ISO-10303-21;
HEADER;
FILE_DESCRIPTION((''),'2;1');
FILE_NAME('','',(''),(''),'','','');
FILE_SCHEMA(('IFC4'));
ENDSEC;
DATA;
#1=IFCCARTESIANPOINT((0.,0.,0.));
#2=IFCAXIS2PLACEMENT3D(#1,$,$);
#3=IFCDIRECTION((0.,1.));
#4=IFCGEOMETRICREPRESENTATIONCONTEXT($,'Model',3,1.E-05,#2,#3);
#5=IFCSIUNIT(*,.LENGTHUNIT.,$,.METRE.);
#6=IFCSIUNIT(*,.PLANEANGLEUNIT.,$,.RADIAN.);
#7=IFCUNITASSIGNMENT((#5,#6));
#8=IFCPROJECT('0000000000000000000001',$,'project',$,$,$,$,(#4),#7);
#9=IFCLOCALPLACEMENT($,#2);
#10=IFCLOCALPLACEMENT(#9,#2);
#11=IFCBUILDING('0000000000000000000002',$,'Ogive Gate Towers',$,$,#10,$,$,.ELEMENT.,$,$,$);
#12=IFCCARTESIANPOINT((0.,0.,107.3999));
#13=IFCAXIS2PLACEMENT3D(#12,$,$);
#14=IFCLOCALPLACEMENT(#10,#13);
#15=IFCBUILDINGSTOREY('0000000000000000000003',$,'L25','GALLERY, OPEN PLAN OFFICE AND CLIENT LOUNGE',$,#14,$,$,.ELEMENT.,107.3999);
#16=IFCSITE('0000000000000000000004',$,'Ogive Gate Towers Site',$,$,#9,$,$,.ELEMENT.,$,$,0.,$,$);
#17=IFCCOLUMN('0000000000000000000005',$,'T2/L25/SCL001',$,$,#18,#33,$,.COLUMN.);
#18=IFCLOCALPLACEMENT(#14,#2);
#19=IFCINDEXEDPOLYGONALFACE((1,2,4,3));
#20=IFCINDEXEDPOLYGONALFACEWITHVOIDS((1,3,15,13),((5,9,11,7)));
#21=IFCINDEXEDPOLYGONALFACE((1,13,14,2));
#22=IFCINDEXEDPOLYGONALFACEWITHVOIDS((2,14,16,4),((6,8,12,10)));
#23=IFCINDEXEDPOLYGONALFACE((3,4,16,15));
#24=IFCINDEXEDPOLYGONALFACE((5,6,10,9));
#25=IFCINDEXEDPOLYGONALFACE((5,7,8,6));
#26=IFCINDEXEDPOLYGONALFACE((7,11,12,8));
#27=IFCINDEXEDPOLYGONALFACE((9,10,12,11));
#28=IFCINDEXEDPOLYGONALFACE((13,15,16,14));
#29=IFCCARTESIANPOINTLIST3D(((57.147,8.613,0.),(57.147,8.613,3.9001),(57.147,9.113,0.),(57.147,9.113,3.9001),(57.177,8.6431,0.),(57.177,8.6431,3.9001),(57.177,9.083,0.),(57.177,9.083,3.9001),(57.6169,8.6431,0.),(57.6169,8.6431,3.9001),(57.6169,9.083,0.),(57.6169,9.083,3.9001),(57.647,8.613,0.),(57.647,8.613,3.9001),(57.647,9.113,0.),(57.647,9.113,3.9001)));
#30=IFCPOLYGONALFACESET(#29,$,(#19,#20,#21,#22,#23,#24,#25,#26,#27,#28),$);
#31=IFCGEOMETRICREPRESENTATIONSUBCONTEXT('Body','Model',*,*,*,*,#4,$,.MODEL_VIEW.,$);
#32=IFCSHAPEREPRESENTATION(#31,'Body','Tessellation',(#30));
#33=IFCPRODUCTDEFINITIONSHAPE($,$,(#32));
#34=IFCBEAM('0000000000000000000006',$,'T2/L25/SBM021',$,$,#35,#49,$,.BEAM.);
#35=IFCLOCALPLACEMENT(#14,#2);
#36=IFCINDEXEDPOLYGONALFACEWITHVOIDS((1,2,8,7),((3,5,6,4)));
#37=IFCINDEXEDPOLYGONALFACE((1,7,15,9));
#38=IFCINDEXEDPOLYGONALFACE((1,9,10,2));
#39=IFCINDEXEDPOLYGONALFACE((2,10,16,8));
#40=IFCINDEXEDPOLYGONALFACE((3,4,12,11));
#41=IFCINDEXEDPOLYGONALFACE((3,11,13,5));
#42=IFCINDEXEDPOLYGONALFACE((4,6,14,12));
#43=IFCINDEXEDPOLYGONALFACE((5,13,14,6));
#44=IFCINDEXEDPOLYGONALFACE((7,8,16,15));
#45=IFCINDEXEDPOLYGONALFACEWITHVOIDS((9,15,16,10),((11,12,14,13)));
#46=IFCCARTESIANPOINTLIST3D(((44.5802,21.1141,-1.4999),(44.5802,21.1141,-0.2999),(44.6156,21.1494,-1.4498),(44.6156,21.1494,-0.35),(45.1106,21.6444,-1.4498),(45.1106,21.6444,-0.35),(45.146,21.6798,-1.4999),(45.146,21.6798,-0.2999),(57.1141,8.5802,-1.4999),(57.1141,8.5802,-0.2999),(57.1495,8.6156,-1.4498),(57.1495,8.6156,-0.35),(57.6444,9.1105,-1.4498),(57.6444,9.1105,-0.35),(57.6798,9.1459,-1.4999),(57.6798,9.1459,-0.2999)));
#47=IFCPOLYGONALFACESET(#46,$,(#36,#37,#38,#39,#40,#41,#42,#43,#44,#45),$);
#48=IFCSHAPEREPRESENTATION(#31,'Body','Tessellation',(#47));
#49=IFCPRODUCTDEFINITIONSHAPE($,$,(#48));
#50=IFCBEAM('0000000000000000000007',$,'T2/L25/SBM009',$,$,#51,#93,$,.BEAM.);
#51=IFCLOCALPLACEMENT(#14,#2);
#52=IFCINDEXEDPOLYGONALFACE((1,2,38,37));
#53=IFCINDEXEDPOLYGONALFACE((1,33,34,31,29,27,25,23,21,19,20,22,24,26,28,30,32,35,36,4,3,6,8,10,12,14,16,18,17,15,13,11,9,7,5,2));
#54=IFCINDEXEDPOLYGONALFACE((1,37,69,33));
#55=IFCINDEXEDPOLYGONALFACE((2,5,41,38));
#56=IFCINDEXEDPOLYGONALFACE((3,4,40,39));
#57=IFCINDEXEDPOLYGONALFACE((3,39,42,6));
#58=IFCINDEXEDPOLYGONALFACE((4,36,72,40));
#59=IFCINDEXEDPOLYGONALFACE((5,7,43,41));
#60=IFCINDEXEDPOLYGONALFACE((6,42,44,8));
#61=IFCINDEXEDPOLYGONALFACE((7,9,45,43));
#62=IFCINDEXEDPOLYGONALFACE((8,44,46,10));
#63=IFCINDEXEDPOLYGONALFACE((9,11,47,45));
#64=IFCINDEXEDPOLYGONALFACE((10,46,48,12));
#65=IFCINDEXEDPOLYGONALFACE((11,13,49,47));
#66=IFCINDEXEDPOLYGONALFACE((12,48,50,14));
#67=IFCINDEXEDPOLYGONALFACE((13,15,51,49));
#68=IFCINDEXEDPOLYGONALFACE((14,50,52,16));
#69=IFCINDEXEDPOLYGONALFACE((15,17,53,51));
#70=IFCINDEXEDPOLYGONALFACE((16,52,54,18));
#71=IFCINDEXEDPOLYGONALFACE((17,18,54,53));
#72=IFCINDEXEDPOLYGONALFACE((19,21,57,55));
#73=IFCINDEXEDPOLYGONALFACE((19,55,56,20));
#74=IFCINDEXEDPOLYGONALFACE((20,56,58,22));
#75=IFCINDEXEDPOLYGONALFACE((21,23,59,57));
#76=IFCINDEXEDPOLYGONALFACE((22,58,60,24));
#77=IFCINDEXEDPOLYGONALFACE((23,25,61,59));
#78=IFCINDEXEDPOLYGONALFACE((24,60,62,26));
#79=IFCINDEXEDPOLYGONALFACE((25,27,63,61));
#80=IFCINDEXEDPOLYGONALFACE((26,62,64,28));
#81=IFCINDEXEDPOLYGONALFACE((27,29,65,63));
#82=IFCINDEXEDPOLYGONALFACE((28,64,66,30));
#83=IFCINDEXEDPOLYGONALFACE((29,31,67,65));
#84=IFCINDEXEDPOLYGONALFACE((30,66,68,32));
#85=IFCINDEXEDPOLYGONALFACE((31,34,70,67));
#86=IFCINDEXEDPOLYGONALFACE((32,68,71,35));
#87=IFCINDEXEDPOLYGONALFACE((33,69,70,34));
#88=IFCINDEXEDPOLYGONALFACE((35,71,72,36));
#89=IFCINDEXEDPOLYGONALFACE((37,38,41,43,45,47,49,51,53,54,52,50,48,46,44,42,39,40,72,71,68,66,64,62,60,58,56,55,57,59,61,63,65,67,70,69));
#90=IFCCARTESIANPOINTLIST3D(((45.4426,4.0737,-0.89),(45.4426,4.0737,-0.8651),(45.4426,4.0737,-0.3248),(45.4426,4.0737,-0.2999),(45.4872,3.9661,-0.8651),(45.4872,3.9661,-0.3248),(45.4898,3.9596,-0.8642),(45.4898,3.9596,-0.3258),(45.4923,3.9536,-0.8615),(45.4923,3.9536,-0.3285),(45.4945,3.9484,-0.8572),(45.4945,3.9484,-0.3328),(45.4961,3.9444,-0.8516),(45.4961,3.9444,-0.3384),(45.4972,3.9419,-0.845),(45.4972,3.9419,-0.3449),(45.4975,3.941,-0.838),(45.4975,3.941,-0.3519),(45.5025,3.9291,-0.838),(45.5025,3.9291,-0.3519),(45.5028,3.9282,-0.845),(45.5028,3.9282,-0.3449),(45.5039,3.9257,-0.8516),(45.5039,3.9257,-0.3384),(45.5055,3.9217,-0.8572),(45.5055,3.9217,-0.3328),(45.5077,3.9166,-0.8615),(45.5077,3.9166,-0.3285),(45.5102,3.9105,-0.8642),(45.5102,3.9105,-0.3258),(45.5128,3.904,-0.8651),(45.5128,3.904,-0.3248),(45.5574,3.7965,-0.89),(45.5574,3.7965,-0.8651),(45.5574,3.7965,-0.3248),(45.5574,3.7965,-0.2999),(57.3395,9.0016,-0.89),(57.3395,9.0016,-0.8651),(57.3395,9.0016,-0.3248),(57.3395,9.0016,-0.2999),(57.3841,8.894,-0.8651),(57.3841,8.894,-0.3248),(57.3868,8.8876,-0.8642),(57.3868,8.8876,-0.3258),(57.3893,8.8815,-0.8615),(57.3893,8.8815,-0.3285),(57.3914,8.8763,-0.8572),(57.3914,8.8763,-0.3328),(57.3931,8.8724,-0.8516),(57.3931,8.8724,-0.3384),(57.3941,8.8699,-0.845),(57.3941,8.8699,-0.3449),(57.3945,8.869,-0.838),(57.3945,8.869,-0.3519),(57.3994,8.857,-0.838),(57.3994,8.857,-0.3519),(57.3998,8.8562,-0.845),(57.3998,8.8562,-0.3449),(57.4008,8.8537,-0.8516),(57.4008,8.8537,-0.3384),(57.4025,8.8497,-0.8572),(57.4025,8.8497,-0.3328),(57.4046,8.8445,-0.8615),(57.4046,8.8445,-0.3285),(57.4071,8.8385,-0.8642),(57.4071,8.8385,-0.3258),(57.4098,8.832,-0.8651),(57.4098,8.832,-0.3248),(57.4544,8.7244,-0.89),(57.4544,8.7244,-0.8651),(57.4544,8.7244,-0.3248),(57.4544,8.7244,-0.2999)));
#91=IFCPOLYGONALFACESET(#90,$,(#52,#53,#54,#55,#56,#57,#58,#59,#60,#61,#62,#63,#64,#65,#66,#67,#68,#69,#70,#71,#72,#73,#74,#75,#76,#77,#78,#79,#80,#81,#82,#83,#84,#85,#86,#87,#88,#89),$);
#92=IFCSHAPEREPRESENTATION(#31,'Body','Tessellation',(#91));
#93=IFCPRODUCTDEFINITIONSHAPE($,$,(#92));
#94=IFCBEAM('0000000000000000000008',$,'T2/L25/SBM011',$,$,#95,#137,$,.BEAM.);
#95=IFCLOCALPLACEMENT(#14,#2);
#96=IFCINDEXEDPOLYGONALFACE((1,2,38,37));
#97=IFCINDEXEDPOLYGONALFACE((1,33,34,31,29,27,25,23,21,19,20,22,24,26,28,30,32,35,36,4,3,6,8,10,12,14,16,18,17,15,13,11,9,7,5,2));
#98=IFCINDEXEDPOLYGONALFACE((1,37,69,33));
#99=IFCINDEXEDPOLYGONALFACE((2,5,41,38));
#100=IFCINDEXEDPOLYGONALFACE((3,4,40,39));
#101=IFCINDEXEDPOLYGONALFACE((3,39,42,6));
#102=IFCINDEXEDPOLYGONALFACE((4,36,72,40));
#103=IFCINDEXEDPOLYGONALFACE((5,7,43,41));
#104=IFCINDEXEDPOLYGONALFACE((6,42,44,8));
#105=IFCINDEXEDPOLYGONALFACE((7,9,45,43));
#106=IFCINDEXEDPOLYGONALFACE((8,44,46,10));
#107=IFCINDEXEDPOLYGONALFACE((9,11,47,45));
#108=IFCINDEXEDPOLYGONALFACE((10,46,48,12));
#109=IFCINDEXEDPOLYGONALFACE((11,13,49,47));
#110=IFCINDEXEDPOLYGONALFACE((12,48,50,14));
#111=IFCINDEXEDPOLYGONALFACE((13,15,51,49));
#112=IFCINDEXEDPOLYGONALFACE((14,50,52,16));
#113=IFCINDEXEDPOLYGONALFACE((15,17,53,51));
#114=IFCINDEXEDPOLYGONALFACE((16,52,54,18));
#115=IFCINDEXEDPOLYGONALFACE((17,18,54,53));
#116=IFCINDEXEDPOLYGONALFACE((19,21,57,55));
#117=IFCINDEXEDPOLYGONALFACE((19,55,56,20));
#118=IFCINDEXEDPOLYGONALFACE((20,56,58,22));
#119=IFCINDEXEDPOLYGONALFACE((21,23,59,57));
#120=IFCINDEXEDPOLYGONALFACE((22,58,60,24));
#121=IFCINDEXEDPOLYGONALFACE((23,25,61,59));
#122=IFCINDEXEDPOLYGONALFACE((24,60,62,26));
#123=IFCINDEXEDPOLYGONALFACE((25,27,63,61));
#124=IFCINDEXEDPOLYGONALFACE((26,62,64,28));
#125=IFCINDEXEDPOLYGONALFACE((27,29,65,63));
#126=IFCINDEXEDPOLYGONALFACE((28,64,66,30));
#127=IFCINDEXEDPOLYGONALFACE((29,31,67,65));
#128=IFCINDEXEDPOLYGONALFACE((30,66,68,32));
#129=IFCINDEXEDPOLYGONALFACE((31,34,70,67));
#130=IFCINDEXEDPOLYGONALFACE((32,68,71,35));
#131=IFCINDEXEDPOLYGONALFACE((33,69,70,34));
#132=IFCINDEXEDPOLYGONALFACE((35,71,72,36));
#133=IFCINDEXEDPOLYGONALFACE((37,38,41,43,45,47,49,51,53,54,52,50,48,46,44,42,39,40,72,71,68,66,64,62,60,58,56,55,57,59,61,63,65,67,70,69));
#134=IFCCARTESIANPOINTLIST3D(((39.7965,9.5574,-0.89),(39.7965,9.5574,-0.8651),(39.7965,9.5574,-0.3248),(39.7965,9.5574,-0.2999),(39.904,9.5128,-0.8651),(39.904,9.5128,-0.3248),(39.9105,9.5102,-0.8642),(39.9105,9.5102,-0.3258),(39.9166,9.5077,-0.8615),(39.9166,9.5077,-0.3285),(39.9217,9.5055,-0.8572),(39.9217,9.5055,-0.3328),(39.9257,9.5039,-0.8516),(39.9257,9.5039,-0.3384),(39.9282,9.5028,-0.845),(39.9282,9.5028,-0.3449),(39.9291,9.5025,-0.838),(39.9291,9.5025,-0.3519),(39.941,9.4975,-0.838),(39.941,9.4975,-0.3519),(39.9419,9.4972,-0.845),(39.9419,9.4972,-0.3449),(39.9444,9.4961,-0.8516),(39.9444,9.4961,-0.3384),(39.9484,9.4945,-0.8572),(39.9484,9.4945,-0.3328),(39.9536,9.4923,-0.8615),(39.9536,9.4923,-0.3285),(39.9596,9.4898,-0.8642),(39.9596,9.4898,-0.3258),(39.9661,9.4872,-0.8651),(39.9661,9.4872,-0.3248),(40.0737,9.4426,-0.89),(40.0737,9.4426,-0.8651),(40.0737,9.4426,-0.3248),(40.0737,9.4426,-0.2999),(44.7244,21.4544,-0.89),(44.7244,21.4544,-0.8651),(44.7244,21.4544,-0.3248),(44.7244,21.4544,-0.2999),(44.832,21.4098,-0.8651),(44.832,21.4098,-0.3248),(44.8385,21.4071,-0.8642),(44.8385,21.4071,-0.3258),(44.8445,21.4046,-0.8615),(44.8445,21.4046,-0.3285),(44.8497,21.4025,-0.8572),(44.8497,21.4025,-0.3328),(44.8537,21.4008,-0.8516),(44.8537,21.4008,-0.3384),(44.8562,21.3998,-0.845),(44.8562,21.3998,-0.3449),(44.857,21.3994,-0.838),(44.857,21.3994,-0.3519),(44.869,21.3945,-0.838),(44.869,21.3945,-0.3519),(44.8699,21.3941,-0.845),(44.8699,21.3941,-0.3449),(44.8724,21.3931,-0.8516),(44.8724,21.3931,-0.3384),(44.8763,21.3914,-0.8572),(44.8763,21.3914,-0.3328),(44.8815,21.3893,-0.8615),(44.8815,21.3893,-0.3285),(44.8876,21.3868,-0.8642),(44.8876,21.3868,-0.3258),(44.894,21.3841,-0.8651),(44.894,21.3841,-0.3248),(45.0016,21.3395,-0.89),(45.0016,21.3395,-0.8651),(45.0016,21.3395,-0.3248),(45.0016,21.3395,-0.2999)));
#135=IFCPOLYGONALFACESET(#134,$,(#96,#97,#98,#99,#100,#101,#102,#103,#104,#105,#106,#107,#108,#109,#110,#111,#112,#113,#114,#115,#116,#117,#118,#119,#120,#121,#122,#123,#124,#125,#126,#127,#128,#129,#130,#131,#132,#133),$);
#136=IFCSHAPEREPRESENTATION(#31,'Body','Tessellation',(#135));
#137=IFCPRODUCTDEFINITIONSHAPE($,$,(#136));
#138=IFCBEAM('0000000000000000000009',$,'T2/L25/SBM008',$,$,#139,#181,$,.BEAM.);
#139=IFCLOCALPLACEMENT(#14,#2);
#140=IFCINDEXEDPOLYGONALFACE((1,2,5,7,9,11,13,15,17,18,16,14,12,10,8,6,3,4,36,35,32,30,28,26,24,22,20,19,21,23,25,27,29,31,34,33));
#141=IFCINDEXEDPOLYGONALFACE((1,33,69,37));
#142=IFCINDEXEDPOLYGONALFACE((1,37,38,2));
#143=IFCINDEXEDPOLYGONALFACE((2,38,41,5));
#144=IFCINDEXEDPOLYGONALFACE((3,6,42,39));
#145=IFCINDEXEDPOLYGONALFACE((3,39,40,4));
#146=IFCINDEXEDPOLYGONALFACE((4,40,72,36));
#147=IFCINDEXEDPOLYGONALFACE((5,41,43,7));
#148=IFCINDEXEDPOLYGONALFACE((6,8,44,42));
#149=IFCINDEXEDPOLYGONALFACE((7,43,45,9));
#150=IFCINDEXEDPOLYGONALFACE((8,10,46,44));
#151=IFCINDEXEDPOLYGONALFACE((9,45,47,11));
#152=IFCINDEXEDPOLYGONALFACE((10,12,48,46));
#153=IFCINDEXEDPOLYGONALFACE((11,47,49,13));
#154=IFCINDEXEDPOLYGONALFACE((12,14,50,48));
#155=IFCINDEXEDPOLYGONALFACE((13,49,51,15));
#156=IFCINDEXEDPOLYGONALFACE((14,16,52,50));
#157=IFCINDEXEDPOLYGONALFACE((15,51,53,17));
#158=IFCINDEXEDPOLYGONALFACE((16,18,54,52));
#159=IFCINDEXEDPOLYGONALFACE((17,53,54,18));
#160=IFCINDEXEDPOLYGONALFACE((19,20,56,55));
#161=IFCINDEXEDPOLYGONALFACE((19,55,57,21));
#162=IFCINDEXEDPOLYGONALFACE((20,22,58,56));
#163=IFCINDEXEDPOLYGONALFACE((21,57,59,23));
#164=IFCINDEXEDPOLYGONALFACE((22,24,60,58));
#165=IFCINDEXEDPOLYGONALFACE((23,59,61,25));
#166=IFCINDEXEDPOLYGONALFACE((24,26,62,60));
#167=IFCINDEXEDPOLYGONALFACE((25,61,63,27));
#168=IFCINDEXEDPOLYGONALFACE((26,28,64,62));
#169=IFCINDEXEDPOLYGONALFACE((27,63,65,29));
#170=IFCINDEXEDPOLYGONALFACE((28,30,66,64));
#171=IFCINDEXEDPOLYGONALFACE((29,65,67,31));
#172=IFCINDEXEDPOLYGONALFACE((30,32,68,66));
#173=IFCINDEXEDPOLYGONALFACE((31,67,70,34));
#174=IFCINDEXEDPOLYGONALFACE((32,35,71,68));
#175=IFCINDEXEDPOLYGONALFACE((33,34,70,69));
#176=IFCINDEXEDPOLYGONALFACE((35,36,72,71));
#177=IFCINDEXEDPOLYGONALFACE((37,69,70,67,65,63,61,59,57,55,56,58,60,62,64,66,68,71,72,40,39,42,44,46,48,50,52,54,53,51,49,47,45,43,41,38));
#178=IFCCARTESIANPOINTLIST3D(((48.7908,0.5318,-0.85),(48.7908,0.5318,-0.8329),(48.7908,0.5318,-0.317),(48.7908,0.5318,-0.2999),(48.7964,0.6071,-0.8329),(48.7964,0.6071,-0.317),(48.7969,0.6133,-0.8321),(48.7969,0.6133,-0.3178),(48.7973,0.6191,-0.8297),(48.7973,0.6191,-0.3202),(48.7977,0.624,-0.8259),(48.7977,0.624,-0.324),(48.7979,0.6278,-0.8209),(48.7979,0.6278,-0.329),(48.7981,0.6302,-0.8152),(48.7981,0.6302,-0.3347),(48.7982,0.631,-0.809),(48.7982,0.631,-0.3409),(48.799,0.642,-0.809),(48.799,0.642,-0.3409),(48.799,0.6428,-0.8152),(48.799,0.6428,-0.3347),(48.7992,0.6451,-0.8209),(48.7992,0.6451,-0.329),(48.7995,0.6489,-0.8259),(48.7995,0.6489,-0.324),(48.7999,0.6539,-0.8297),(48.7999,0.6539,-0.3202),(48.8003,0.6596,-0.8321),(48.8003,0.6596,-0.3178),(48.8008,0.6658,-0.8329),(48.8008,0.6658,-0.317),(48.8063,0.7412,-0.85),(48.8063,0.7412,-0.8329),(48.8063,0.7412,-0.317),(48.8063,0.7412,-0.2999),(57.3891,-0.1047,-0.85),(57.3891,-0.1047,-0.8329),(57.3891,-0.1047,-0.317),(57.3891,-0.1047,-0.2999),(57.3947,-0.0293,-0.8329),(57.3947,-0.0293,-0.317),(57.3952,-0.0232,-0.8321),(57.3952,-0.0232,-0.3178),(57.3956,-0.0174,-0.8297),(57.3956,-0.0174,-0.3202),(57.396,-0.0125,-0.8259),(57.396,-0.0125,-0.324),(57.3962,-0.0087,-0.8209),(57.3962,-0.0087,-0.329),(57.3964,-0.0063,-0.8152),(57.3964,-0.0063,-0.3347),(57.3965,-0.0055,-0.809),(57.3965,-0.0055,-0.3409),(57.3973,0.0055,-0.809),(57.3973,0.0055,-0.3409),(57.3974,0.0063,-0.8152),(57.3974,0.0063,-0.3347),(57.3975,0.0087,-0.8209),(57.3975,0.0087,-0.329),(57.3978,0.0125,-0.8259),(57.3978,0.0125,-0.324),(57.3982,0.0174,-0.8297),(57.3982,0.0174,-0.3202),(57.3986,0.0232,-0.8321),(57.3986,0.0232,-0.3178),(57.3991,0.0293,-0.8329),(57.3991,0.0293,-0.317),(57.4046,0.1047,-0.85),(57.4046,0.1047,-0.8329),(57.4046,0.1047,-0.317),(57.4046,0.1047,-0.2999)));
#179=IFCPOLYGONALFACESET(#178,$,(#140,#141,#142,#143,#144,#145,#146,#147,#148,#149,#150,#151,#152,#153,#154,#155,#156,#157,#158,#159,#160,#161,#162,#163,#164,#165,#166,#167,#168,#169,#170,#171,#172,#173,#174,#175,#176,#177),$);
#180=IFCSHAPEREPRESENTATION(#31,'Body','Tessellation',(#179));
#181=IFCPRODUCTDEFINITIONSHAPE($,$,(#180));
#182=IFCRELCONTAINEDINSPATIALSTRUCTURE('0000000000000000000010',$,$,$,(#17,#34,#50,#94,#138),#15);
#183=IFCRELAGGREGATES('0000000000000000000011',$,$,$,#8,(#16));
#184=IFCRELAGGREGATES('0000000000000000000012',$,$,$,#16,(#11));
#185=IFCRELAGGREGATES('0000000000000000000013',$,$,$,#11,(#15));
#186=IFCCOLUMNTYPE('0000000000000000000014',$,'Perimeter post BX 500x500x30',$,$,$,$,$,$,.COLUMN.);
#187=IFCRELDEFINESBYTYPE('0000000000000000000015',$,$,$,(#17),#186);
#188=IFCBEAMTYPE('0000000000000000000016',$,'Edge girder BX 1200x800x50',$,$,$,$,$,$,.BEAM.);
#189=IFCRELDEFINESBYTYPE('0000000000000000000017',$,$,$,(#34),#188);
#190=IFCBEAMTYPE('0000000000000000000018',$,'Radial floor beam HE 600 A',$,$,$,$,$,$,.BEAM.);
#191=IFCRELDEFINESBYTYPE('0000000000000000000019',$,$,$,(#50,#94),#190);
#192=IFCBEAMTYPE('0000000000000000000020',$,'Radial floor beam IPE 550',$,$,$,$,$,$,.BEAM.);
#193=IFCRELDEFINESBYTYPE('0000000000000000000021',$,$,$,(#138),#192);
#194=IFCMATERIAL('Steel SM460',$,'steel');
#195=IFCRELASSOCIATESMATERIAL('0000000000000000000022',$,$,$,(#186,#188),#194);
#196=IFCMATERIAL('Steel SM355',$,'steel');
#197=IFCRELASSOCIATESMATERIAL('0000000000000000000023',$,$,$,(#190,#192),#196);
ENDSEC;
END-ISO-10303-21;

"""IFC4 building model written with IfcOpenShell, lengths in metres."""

from ifc_helpers import new_model, si_unit, direction, frame, origin, origin_2d, place, context, subcontext, project, spatial, hollow_rectangle, i_section, extrude, material, material_profile, profile_set, type_object, element, save


model = new_model("IFC4")

# Units and contexts
model_context = context("Model", 3, precision=1e-05, world=origin(), true_north=direction((0.0, 1.0)))
body_context = subcontext(model_context, "Body", "Model", "MODEL_VIEW")
ifc_project = project(units=[si_unit("LENGTHUNIT", "METRE"), si_unit("PLANEANGLEUNIT", "RADIAN")], contexts=[model_context])

# Site, building, storey
site_placement = place(None, origin())
site = spatial("IfcSite", under=ifc_project, at=site_placement, Name="Ogive Gate Towers Site", CompositionType="ELEMENT", RefElevation=0.0)
building_placement = place(site_placement, origin())
building = spatial("IfcBuilding", under=site, at=building_placement, Name="Ogive Gate Towers", CompositionType="ELEMENT")
storey_placement = place(building_placement, frame((0.0, 0.0, 107.3999)))
storey = spatial("IfcBuildingStorey", under=building, at=storey_placement, Name="L25", Description="GALLERY, OPEN PLAN OFFICE AND CLIENT LOUNGE", CompositionType="ELEMENT", Elevation=107.3999)

# Column
ifc_material_1 = material(Name="Steel SM460", Category="steel")
ifc_material_profile_1 = material_profile(ifc_material_1, hollow_rectangle(XDim=0.5, YDim=0.5, WallThickness=0.03, at=origin_2d()), Name="BX 500x500x30")
ifc_profile_set_1 = profile_set([ifc_material_profile_1], Name="Steel SM460")
column_type = type_object("IfcColumnType", Name="Perimeter post BX 500x500x30", PredefinedType="COLUMN", material=ifc_profile_set_1)
column_placement = place(storey_placement, frame((57.397, 8.863, 0.0), z_axis=(0.0, 0.0, 1.0), x_axis=(1.0, 0.0, 0.0)))
element("IfcColumn", 1, at=column_placement, inside=storey, type_object=column_type, Name="T2/L25/SCL001", PredefinedType="COLUMN", context=body_context, shape_type="SweptSolid", body=[
    extrude(hollow_rectangle(XDim=0.5, YDim=0.5, WallThickness=0.03, at=origin_2d()), origin(), (0.0, 0.0, 1.0), 3.9001),
])

# Beams
ifc_material_profile_2 = material_profile(ifc_material_1, hollow_rectangle(XDim=0.8, YDim=1.2, WallThickness=0.05, at=origin_2d()), Name="BX 1200x800x50")
ifc_profile_set_2 = profile_set([ifc_material_profile_2], Name="Steel SM460")
beam_type_1 = type_object("IfcBeamType", Name="Edge girder BX 1200x800x50", PredefinedType="BEAM", material=ifc_profile_set_2)
beam_1_placement = place(storey_placement, frame((57.397, 8.863, -0.8999), z_axis=(-0.707107, 0.707107, 0.0), x_axis=(-0.707107, -0.707107, 0.0)))
element("IfcBeam", 2, at=beam_1_placement, inside=storey, type_object=beam_type_1, Name="T2/L25/SBM021", PredefinedType="BEAM", context=body_context, shape_type="SweptSolid", body=[
    extrude(hollow_rectangle(XDim=0.8, YDim=1.2, WallThickness=0.05, at=origin_2d()), origin(), (0.0, 0.0, 1.0), 17.7256),
])
ifc_material_2 = material(Name="Steel SM355", Category="steel")
ifc_material_profile_3 = material_profile(ifc_material_2, i_section(OverallWidth=0.3, OverallDepth=0.5901, WebThickness=0.0129, FlangeThickness=0.0249, FilletRadius=0.0271, at=origin_2d()), Name="HE 600 A")
ifc_profile_set_3 = profile_set([ifc_material_profile_3], Name="Steel SM355")
beam_type_2 = type_object("IfcBeamType", Name="Radial floor beam HE 600 A", PredefinedType="BEAM", material=ifc_profile_set_3)
for number, where, z_axis, x_axis, name in (
    (3, (45.5, 3.9351, -0.595), (0.923877, 0.382689, 0.0), (-0.382689, 0.923877, 0.0), "T2/L25/SBM009"),
    (4, (39.9351, 9.5, -0.595), (0.382689, 0.923877, 0.0), (-0.923877, 0.382689, 0.0), "T2/L25/SBM011"),
):
    element("IfcBeam", number, at=place(storey_placement, frame(where, z_axis=z_axis, x_axis=x_axis)), inside=storey, type_object=beam_type_2, Name=name, PredefinedType="BEAM", context=body_context, shape_type="SweptSolid", body=[
        extrude(i_section(OverallWidth=0.3, OverallDepth=0.5901, WebThickness=0.0129, FlangeThickness=0.0249, FilletRadius=0.0271, at=origin_2d()), origin(), (0.0, 0.0, 1.0), 12.8772),
    ])
ifc_material_profile_4 = material_profile(ifc_material_2, i_section(OverallWidth=0.21, OverallDepth=0.55, WebThickness=0.011, FlangeThickness=0.0171, FilletRadius=0.0239, at=origin_2d()), Name="IPE 550")
ifc_profile_set_4 = profile_set([ifc_material_profile_4], Name="Steel SM355")
beam_type_3 = type_object("IfcBeamType", Name="Radial floor beam IPE 550", PredefinedType="BEAM", material=ifc_profile_set_4)
beam_2_placement = place(storey_placement, frame((48.7986, 0.6365, -0.575), z_axis=(0.997272, -0.073821, 0.0), x_axis=(0.073821, 0.997272, 0.0)))
element("IfcBeam", 5, at=beam_2_placement, inside=storey, type_object=beam_type_3, Name="T2/L25/SBM008", PredefinedType="BEAM", context=body_context, shape_type="SweptSolid", body=[
    extrude(i_section(OverallWidth=0.21, OverallDepth=0.55, WebThickness=0.011, FlangeThickness=0.0171, FilletRadius=0.0239, at=origin_2d()), origin(), (0.0, 0.0, 1.0), 8.6218),
])

save(model, "model.ifc")
